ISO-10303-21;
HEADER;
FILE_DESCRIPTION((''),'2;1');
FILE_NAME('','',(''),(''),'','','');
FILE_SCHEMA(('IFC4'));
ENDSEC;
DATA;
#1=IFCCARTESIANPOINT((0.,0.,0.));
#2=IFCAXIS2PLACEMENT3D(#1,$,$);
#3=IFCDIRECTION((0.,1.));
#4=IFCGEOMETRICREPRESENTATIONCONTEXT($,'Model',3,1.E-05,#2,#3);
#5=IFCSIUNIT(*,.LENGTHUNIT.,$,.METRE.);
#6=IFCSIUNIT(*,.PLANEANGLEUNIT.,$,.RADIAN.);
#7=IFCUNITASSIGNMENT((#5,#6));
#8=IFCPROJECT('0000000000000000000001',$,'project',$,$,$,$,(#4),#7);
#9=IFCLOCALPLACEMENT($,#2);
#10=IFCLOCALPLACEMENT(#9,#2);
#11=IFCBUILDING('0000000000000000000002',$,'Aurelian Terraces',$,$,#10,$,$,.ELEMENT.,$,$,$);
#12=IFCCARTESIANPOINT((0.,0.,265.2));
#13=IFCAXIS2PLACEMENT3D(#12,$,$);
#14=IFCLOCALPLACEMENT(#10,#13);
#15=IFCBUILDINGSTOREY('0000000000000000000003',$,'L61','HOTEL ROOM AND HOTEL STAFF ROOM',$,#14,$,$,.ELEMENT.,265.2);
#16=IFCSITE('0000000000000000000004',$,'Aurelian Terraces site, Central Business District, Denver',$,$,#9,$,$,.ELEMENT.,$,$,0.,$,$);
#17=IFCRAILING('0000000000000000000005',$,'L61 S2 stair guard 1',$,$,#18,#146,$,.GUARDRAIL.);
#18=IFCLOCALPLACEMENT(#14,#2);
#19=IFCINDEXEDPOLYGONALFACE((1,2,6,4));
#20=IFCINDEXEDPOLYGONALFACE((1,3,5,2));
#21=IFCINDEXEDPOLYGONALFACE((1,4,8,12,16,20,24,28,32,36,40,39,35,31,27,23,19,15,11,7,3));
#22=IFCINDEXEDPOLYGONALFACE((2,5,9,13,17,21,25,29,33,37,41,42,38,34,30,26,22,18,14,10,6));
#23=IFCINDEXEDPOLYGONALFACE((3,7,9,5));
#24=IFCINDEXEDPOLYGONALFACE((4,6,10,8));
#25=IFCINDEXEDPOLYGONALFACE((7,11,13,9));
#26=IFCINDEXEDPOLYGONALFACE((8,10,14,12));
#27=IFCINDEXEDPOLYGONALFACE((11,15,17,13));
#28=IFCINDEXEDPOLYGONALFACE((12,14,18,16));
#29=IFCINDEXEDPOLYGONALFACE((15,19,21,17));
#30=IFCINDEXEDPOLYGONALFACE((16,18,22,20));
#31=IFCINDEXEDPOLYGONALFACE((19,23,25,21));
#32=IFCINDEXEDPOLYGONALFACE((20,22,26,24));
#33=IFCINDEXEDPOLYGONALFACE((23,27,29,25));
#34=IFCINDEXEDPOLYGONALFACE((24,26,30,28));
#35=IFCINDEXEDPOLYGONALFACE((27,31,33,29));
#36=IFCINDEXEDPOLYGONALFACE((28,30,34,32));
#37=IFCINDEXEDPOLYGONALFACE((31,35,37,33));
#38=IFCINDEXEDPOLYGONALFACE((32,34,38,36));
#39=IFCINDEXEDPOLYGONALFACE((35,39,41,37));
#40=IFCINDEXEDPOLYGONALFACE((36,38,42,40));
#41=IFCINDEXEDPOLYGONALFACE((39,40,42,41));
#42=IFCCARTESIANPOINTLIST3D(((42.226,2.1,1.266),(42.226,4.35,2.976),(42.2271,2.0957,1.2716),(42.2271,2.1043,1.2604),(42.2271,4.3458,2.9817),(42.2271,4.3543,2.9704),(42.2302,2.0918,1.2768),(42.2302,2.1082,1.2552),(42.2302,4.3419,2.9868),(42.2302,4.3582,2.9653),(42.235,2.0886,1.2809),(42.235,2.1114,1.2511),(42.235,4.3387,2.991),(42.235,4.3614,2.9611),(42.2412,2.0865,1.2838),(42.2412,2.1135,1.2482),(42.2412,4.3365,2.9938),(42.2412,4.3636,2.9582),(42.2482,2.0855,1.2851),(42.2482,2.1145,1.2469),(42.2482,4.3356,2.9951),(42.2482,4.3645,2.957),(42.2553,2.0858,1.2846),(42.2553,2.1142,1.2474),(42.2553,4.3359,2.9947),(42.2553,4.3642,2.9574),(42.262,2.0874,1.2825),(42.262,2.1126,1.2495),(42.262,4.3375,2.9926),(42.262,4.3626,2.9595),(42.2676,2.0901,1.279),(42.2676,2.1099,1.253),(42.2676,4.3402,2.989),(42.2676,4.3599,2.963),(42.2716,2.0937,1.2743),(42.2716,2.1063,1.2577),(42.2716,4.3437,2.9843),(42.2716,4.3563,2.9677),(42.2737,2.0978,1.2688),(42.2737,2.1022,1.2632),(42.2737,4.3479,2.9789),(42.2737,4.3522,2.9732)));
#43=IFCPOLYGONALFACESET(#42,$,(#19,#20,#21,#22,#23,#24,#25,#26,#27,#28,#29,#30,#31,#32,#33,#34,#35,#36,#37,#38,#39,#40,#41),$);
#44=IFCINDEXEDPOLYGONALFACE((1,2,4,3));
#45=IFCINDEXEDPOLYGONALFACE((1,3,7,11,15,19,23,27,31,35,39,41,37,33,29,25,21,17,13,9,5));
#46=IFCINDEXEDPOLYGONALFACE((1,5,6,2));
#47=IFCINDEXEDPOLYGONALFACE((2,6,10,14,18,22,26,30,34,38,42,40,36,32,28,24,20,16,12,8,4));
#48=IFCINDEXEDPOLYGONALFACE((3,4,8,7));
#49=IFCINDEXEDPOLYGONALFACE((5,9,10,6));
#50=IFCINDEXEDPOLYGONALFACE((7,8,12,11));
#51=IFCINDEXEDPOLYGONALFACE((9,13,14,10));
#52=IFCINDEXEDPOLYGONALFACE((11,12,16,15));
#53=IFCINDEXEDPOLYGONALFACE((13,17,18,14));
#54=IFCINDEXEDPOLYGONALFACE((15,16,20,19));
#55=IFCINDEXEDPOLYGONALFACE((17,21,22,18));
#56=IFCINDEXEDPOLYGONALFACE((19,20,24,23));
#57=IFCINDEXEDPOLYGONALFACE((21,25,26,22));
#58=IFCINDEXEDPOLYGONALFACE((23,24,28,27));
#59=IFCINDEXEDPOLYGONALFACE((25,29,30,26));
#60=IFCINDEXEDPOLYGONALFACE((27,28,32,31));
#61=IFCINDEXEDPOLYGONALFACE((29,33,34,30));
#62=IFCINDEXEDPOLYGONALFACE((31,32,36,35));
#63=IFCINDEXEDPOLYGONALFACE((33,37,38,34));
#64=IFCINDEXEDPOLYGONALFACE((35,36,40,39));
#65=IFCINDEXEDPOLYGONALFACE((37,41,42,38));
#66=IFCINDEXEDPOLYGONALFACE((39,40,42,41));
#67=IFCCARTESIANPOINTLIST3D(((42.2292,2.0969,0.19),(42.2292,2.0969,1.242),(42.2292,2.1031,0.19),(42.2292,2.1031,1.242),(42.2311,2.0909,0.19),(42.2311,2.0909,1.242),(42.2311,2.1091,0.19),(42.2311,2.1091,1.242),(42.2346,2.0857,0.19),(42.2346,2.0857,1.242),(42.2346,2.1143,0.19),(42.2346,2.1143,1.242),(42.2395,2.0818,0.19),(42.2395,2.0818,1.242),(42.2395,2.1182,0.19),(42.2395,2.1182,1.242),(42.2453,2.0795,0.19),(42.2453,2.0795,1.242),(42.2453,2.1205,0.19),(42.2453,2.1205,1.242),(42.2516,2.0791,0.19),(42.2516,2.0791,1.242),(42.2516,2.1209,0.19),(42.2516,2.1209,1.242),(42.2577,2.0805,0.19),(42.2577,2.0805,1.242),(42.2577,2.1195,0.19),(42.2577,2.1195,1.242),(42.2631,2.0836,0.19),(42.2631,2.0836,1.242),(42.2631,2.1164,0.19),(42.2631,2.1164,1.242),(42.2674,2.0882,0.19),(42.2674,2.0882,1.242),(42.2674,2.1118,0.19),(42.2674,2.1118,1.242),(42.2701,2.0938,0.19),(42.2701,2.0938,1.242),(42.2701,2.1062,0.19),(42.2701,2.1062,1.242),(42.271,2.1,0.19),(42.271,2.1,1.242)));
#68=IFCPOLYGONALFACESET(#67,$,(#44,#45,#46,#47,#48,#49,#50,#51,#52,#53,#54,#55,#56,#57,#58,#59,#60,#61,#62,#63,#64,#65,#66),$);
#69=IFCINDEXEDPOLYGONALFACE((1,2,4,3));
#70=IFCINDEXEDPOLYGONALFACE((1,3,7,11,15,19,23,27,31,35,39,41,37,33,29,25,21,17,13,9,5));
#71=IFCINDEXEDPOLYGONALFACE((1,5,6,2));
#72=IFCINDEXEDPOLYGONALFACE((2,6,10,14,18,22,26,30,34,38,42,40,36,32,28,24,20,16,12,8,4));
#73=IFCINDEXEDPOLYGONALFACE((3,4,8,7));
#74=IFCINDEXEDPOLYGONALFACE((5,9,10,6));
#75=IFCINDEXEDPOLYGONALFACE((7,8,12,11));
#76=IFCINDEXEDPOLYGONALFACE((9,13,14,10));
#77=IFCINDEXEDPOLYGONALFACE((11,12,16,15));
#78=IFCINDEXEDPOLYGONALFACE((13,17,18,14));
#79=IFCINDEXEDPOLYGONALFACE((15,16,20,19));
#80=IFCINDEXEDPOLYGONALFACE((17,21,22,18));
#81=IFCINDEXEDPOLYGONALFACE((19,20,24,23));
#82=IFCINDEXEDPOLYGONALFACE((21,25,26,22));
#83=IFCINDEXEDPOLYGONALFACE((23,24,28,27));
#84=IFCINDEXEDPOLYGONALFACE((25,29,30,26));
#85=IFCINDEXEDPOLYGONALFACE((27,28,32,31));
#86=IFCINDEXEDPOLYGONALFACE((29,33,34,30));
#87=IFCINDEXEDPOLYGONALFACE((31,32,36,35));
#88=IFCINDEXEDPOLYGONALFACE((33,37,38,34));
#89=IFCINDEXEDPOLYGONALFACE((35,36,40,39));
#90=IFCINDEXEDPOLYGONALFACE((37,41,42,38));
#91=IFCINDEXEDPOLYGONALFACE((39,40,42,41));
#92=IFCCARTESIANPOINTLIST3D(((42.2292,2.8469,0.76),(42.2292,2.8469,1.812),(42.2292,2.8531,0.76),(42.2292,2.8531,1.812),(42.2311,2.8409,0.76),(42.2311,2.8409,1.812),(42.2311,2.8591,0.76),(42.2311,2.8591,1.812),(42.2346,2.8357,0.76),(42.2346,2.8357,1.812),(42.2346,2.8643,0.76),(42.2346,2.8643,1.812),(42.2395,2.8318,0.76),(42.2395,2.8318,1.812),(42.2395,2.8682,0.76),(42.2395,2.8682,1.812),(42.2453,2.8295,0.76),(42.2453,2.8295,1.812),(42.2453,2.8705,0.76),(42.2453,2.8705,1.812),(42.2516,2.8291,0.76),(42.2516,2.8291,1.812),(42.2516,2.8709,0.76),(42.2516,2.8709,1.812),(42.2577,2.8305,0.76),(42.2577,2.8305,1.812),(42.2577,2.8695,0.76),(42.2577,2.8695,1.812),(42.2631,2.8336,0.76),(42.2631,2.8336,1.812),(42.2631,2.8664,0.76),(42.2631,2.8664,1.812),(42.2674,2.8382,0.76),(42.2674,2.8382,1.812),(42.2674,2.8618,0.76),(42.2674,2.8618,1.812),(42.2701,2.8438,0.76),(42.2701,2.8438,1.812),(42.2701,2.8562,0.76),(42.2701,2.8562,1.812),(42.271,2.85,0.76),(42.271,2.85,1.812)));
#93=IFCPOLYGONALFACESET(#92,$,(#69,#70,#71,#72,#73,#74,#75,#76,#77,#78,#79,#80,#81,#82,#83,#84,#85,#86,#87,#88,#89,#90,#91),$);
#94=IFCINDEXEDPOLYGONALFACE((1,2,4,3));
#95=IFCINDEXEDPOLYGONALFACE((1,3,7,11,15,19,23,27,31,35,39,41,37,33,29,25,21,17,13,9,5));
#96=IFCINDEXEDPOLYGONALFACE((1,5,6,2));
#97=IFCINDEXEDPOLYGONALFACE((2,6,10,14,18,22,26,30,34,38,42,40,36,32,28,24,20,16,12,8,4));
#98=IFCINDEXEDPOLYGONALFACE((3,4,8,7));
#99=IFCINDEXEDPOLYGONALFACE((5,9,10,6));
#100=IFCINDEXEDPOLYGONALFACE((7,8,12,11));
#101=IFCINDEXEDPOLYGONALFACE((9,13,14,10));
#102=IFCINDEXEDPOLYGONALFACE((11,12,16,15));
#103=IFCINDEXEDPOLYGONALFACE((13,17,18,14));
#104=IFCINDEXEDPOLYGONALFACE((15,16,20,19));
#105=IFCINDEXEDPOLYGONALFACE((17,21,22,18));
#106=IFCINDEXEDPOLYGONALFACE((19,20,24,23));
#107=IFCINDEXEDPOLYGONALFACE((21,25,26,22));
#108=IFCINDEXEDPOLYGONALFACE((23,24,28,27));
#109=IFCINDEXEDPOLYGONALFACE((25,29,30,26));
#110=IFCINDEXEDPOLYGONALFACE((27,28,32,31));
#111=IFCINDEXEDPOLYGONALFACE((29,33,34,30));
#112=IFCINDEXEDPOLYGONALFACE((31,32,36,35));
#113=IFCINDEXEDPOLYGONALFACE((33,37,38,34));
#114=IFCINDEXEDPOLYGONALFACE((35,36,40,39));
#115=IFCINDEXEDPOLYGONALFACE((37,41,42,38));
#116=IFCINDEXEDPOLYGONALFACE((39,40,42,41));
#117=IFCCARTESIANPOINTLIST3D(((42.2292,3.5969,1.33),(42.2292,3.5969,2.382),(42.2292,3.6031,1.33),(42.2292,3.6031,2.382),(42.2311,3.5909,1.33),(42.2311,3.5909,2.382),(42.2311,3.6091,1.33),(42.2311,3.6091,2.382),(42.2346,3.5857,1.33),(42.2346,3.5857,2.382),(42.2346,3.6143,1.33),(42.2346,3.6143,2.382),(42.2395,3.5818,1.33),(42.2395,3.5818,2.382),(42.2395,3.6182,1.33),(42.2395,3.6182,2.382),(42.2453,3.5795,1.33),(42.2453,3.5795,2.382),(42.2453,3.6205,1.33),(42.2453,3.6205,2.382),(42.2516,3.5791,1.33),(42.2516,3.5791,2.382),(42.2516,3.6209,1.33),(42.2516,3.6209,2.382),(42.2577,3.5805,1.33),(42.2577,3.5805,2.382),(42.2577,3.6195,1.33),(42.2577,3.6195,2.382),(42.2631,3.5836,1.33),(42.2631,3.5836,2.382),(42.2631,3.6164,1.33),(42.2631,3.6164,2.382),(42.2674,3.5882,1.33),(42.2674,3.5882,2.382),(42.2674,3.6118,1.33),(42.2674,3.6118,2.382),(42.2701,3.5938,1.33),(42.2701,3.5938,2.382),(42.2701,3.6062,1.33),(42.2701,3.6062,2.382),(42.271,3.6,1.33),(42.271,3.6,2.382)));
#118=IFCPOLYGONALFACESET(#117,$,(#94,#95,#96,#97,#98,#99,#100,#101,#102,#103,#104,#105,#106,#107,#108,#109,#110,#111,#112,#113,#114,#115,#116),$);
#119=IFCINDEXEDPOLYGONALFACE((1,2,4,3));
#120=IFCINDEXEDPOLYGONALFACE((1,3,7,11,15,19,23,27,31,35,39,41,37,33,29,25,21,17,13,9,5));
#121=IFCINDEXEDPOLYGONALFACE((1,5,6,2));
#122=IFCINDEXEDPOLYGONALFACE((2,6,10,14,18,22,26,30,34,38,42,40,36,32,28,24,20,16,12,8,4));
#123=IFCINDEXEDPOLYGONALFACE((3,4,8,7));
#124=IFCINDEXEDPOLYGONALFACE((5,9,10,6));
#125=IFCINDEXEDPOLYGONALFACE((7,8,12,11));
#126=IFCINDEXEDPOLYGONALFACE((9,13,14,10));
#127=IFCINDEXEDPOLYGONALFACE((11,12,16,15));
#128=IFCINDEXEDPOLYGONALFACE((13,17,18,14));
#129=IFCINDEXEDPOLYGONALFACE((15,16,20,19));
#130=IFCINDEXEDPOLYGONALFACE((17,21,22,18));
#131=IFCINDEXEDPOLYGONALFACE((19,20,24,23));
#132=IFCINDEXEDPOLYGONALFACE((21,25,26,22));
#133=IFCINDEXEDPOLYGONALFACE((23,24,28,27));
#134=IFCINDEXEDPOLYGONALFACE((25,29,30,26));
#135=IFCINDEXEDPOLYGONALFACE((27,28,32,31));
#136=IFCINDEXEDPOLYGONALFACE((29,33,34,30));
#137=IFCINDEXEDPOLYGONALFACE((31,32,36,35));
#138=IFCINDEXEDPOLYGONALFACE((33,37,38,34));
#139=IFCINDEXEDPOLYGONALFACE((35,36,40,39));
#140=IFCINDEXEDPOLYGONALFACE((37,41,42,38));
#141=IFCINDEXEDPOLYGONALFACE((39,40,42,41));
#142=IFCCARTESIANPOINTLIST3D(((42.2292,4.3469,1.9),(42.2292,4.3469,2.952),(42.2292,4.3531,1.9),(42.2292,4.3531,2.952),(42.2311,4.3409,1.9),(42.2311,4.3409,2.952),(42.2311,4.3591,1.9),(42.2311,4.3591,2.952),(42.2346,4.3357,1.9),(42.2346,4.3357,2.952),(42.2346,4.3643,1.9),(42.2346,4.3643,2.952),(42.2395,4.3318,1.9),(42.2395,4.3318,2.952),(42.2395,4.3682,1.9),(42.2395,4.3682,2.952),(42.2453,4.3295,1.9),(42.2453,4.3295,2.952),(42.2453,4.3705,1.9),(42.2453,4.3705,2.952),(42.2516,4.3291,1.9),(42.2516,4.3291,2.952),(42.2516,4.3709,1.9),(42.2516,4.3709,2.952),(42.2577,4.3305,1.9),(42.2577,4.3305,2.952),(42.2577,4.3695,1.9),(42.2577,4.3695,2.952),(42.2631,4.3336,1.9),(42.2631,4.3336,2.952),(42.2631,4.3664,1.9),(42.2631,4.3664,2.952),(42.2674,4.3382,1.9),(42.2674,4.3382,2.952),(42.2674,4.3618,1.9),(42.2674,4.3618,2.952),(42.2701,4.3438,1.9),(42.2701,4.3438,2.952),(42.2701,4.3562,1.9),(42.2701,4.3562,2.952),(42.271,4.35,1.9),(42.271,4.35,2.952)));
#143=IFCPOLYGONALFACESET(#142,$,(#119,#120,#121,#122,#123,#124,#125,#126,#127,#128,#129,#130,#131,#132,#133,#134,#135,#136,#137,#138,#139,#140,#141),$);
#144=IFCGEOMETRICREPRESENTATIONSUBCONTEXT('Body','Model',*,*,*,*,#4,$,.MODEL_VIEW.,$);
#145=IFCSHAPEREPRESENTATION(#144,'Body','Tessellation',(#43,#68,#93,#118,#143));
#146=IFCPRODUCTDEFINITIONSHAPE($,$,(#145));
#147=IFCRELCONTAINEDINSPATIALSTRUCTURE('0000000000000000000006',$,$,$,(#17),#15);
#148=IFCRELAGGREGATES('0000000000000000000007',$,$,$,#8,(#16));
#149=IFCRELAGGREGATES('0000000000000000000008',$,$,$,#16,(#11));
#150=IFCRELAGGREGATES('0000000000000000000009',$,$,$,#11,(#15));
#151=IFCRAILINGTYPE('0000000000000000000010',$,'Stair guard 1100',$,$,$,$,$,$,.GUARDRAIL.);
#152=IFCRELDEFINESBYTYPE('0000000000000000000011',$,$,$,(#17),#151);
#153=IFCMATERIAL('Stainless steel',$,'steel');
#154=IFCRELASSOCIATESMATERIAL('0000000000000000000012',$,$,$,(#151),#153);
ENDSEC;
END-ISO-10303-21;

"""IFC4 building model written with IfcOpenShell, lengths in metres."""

from ifc_helpers import new_model, si_unit, direction, frame, origin, origin_2d, place, context, subcontext, project, spatial, circle, extrude, source, transform, mapped, material, type_object, element, save


model = new_model("IFC4")

# Units and contexts
model_context = context("Model", 3, precision=1e-05, world=origin(), true_north=direction((0.0, 1.0)))
body_context = subcontext(model_context, "Body", "Model", "MODEL_VIEW")
ifc_project = project(units=[si_unit("LENGTHUNIT", "METRE"), si_unit("PLANEANGLEUNIT", "RADIAN")], contexts=[model_context])

# Site, building, storey
site_placement = place(None, origin())
site = spatial("IfcSite", under=ifc_project, at=site_placement, Name="Aurelian Terraces site, Central Business District, Denver", CompositionType="ELEMENT", RefElevation=0.0)
building_placement = place(site_placement, origin())
building = spatial("IfcBuilding", under=site, at=building_placement, Name="Aurelian Terraces", CompositionType="ELEMENT")
storey_placement = place(building_placement, frame((0.0, 0.0, 265.2)))
storey = spatial("IfcBuildingStorey", under=building, at=storey_placement, Name="L61", Description="HOTEL ROOM AND HOTEL STAFF ROOM", CompositionType="ELEMENT", Elevation=265.2)

# Railing
ifc_material_1 = material(Name="Stainless steel", Category="steel")
railing_type_1 = type_object("IfcRailingType", Name="Stair guard 1100", PredefinedType="GUARDRAIL", material=ifc_material_1)
shared_shape_1 = source(origin(), body_context, "Body", "SweptSolid", [
    extrude(circle(Radius=0.024, at=origin_2d()), frame((0.0, 0.0, 1.076), z_axis=(0.0, 0.796162, 0.605083), x_axis=(-1.0, 0.0, 0.0)), (0.0, 0.0, 1.0), 2.8261),
    extrude(circle(Radius=0.021, at=origin_2d()), origin(), (0.0, 0.0, 1.0), 1.052),
    extrude(circle(Radius=0.021, at=origin_2d()), frame((0.0, 0.75, 0.57)), (0.0, 0.0, 1.0), 1.052),
    extrude(circle(Radius=0.021, at=origin_2d()), frame((0.0, 1.5, 1.14)), (0.0, 0.0, 1.0), 1.052),
    extrude(circle(Radius=0.021, at=origin_2d()), frame((0.0, 2.25, 1.71)), (0.0, 0.0, 1.0), 1.052),
])
railing_1_placement = place(storey_placement, frame((42.25, 2.1, 0.19)))
element("IfcRailing", 1, at=railing_1_placement, inside=storey, type_object=railing_type_1, Name="L61 S2 stair guard 1", PredefinedType="GUARDRAIL", context=body_context, shape_type="MappedRepresentation", body=[
    mapped(shared_shape_1, transform((0.0, 0.0, 0.0), scale=1.0)),
])

save(model, "model.ifc")
